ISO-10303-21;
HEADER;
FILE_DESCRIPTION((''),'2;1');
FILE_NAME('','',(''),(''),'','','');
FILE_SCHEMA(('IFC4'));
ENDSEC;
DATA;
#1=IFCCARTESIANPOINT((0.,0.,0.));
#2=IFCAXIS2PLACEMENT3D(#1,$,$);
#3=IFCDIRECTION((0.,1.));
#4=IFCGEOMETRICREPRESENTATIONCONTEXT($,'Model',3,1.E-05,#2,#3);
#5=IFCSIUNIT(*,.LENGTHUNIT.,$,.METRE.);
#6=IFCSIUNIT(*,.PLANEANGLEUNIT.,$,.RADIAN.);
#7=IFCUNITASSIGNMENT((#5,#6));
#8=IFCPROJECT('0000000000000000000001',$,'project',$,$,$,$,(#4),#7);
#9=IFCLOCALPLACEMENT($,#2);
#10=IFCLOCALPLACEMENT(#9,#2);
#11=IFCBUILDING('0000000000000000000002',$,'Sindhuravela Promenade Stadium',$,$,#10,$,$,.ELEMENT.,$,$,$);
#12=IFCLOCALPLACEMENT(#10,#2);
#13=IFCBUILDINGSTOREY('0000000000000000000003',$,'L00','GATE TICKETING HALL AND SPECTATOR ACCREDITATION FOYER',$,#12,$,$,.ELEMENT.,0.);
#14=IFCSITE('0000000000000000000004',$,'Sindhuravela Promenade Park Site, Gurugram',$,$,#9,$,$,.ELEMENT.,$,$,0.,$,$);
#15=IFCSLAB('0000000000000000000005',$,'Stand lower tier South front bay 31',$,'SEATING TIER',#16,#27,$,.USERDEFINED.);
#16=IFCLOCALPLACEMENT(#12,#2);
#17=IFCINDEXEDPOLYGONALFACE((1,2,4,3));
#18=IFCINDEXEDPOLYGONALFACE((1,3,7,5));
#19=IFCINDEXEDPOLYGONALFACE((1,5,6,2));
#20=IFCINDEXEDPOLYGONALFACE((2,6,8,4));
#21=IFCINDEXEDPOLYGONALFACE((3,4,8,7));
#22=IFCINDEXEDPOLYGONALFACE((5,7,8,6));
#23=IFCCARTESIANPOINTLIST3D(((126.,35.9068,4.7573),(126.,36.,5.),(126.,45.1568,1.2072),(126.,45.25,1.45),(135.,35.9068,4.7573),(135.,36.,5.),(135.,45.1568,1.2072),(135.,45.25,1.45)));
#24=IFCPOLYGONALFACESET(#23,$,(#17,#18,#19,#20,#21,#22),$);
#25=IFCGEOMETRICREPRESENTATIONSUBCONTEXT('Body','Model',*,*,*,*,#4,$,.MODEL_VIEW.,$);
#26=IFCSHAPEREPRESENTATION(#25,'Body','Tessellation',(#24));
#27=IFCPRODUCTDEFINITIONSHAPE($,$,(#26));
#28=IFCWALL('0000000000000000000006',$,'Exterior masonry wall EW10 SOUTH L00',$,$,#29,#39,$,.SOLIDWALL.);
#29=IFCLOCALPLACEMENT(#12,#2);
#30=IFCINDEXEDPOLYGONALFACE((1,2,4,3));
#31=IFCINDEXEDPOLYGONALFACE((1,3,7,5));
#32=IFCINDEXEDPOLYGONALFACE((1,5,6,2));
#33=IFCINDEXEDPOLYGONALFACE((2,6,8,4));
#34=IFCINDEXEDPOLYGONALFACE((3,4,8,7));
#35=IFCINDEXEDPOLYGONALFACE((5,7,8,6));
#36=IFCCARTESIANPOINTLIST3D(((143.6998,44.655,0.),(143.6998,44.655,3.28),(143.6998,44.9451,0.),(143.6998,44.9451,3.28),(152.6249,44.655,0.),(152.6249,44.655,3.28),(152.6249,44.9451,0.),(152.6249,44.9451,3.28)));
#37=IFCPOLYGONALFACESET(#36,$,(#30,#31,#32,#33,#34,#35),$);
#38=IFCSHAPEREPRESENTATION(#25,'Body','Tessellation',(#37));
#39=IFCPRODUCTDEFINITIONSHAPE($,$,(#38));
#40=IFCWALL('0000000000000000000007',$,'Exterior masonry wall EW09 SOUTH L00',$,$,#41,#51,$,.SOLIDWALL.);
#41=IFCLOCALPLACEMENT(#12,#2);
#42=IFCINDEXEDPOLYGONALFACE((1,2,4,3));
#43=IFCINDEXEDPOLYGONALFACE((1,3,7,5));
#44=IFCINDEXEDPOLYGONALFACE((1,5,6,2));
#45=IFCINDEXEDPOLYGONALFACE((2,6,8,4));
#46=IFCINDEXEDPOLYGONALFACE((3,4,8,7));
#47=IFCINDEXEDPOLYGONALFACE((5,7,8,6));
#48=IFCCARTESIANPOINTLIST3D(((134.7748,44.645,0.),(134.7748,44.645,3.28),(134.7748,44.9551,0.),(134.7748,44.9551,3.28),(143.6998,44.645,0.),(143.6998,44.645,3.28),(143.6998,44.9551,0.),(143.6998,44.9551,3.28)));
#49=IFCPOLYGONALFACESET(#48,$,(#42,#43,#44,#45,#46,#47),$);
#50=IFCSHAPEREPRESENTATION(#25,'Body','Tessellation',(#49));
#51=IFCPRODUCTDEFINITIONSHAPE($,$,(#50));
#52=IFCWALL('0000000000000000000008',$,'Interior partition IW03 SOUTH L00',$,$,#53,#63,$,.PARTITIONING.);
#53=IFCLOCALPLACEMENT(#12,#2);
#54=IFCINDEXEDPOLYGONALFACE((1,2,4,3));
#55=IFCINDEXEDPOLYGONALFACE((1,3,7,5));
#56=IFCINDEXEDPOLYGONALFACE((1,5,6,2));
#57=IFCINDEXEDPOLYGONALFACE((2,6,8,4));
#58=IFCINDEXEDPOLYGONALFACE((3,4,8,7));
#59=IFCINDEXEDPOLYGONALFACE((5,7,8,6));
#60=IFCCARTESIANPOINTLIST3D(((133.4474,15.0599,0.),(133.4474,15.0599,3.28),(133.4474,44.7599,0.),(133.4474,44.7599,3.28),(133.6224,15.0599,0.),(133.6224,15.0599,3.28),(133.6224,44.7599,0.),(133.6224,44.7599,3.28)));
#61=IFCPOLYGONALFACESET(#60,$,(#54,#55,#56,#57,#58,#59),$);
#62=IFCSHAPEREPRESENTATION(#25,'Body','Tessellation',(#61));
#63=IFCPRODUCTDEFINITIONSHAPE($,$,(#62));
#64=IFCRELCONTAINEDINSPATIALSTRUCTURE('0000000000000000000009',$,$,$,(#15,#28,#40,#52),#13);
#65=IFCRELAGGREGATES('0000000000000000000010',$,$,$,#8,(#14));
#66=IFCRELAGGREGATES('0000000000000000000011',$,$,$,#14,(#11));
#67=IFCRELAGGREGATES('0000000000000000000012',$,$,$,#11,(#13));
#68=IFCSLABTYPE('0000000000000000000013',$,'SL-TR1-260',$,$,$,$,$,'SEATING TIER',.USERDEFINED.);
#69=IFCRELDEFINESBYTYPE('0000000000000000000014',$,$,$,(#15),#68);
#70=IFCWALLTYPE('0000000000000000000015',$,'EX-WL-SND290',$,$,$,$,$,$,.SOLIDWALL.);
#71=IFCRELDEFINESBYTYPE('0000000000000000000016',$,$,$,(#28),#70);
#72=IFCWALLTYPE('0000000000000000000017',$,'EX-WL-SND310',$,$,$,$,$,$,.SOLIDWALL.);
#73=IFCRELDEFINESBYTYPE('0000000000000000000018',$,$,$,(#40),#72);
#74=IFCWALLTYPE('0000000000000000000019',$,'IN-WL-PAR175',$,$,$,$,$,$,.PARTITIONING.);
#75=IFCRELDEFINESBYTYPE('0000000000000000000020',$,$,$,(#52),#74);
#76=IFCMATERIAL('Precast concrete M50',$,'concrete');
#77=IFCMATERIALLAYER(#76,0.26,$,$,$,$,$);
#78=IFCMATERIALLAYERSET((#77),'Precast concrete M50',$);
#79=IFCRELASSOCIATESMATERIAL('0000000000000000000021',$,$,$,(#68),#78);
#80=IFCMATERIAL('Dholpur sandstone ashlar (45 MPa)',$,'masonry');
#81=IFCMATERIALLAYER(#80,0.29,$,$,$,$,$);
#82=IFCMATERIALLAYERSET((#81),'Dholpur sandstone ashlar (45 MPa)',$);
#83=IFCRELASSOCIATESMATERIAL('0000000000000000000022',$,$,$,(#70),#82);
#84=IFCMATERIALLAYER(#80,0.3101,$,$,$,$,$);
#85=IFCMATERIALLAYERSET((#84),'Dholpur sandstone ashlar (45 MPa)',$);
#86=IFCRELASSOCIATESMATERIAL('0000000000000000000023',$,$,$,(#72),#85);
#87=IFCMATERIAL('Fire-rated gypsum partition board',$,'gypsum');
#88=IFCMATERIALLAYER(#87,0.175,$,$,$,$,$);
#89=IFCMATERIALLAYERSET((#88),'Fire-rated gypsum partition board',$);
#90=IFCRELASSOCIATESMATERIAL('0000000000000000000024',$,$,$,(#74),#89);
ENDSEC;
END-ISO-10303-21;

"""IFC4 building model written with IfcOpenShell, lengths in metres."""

from ifc_helpers import new_model, si_unit, direction, frame, frame_2d, origin, place, context, subcontext, project, spatial, polyline, rectangle, outline, extrude, material, layer, layer_set, type_object, element, save


model = new_model("IFC4")

# Units and contexts
model_context = context("Model", 3, precision=1e-05, world=origin(), true_north=direction((0.0, 1.0)))
body_context = subcontext(model_context, "Body", "Model", "MODEL_VIEW")
ifc_project = project(units=[si_unit("LENGTHUNIT", "METRE"), si_unit("PLANEANGLEUNIT", "RADIAN")], contexts=[model_context])

# Site, building, storey
site_placement = place(None, origin())
site = spatial("IfcSite", under=ifc_project, at=site_placement, Name="Sindhuravela Promenade Park Site, Gurugram", CompositionType="ELEMENT", RefElevation=0.0)
building_placement = place(site_placement, origin())
building = spatial("IfcBuilding", under=site, at=building_placement, Name="Sindhuravela Promenade Stadium", CompositionType="ELEMENT")
storey_placement = place(building_placement, origin())
storey = spatial("IfcBuildingStorey", under=building, at=storey_placement, Name="L00", Description="GATE TICKETING HALL AND SPECTATOR ACCREDITATION FOYER", CompositionType="ELEMENT", Elevation=0.0)

# Slab
ifc_material_1 = material(Name="Precast concrete M50", Category="concrete")
ifc_layer_1 = layer(ifc_material_1, 0.26)
ifc_layer_set_1 = layer_set([ifc_layer_1], Name="Precast concrete M50")
slab_type = type_object("IfcSlabType", Name="SL-TR1-260", ElementType="SEATING TIER", PredefinedType="USERDEFINED", material=ifc_layer_set_1)
for number, where, z_axis, x_axis, name in (
    (1, (135.0, 45.25, 1.45), (0.0, 0.358307, 0.933604), (-1.0, 0.0, 0.0), "Stand lower tier South front bay 31"),
):
    element("IfcSlab", number, at=place(storey_placement, frame(where, z_axis=z_axis, x_axis=x_axis)), inside=storey, type_object=slab_type, Name=name, ObjectType="SEATING TIER", PredefinedType="USERDEFINED", context=body_context, shape_type="SweptSolid", body=[
        extrude(outline(polyline([(0.0, 0.0), (9.0, 0.0), (9.0, 9.9078), (0.0, 9.9078), (0.0, 0.0)])), origin(), (0.0, 0.0, -1.0), 0.26),
    ])

# Walls
ifc_material_2 = material(Name="Dholpur sandstone ashlar (45 MPa)", Category="masonry")
ifc_layer_2 = layer(ifc_material_2, 0.29)
ifc_layer_set_2 = layer_set([ifc_layer_2], Name="Dholpur sandstone ashlar (45 MPa)")
wall_type_1 = type_object("IfcWallType", Name="EX-WL-SND290", PredefinedType="SOLIDWALL", material=ifc_layer_set_2)
wall_1_placement = place(storey_placement, frame((143.7, 44.8, 0.0), z_axis=(0.0, 0.0, 1.0), x_axis=(1.0, 0.0, 0.0)))
element("IfcWall", 2, at=wall_1_placement, inside=storey, type_object=wall_type_1, Name="Exterior masonry wall EW10 SOUTH L00", PredefinedType="SOLIDWALL", context=body_context, shape_type="SweptSolid", body=[
    extrude(rectangle(XDim=8.925, YDim=0.29, at=frame_2d((4.4624, 0.0))), origin(), (0.0, 0.0, 1.0), 3.28),
])
ifc_layer_3 = layer(ifc_material_2, 0.3101)
ifc_layer_set_3 = layer_set([ifc_layer_3], Name="Dholpur sandstone ashlar (45 MPa)")
wall_type_2 = type_object("IfcWallType", Name="EX-WL-SND310", PredefinedType="SOLIDWALL", material=ifc_layer_set_3)
wall_2_placement = place(storey_placement, frame((134.7749, 44.8, 0.0), z_axis=(0.0, 0.0, 1.0), x_axis=(1.0, 0.0, 0.0)))
element("IfcWall", 3, at=wall_2_placement, inside=storey, type_object=wall_type_2, Name="Exterior masonry wall EW09 SOUTH L00", PredefinedType="SOLIDWALL", context=body_context, shape_type="SweptSolid", body=[
    extrude(rectangle(XDim=8.925, YDim=0.3101, at=frame_2d((4.4624, 0.0))), origin(), (0.0, 0.0, 1.0), 3.28),
])
ifc_material_3 = material(Name="Fire-rated gypsum partition board", Category="gypsum")
ifc_layer_4 = layer(ifc_material_3, 0.175)
ifc_layer_set_4 = layer_set([ifc_layer_4], Name="Fire-rated gypsum partition board")
wall_type_3 = type_object("IfcWallType", Name="IN-WL-PAR175", PredefinedType="PARTITIONING", material=ifc_layer_set_4)
wall_3_placement = place(storey_placement, frame((133.5349, 44.76, 0.0), z_axis=(0.0, 0.0, 1.0), x_axis=(0.0, -1.0, 0.0)))
element("IfcWall", 4, at=wall_3_placement, inside=storey, type_object=wall_type_3, Name="Interior partition IW03 SOUTH L00", PredefinedType="PARTITIONING", context=body_context, shape_type="SweptSolid", body=[
    extrude(rectangle(XDim=29.7, YDim=0.175, at=frame_2d((14.8501, 0.0))), origin(), (0.0, 0.0, 1.0), 3.28),
])

save(model, "model.ifc")
